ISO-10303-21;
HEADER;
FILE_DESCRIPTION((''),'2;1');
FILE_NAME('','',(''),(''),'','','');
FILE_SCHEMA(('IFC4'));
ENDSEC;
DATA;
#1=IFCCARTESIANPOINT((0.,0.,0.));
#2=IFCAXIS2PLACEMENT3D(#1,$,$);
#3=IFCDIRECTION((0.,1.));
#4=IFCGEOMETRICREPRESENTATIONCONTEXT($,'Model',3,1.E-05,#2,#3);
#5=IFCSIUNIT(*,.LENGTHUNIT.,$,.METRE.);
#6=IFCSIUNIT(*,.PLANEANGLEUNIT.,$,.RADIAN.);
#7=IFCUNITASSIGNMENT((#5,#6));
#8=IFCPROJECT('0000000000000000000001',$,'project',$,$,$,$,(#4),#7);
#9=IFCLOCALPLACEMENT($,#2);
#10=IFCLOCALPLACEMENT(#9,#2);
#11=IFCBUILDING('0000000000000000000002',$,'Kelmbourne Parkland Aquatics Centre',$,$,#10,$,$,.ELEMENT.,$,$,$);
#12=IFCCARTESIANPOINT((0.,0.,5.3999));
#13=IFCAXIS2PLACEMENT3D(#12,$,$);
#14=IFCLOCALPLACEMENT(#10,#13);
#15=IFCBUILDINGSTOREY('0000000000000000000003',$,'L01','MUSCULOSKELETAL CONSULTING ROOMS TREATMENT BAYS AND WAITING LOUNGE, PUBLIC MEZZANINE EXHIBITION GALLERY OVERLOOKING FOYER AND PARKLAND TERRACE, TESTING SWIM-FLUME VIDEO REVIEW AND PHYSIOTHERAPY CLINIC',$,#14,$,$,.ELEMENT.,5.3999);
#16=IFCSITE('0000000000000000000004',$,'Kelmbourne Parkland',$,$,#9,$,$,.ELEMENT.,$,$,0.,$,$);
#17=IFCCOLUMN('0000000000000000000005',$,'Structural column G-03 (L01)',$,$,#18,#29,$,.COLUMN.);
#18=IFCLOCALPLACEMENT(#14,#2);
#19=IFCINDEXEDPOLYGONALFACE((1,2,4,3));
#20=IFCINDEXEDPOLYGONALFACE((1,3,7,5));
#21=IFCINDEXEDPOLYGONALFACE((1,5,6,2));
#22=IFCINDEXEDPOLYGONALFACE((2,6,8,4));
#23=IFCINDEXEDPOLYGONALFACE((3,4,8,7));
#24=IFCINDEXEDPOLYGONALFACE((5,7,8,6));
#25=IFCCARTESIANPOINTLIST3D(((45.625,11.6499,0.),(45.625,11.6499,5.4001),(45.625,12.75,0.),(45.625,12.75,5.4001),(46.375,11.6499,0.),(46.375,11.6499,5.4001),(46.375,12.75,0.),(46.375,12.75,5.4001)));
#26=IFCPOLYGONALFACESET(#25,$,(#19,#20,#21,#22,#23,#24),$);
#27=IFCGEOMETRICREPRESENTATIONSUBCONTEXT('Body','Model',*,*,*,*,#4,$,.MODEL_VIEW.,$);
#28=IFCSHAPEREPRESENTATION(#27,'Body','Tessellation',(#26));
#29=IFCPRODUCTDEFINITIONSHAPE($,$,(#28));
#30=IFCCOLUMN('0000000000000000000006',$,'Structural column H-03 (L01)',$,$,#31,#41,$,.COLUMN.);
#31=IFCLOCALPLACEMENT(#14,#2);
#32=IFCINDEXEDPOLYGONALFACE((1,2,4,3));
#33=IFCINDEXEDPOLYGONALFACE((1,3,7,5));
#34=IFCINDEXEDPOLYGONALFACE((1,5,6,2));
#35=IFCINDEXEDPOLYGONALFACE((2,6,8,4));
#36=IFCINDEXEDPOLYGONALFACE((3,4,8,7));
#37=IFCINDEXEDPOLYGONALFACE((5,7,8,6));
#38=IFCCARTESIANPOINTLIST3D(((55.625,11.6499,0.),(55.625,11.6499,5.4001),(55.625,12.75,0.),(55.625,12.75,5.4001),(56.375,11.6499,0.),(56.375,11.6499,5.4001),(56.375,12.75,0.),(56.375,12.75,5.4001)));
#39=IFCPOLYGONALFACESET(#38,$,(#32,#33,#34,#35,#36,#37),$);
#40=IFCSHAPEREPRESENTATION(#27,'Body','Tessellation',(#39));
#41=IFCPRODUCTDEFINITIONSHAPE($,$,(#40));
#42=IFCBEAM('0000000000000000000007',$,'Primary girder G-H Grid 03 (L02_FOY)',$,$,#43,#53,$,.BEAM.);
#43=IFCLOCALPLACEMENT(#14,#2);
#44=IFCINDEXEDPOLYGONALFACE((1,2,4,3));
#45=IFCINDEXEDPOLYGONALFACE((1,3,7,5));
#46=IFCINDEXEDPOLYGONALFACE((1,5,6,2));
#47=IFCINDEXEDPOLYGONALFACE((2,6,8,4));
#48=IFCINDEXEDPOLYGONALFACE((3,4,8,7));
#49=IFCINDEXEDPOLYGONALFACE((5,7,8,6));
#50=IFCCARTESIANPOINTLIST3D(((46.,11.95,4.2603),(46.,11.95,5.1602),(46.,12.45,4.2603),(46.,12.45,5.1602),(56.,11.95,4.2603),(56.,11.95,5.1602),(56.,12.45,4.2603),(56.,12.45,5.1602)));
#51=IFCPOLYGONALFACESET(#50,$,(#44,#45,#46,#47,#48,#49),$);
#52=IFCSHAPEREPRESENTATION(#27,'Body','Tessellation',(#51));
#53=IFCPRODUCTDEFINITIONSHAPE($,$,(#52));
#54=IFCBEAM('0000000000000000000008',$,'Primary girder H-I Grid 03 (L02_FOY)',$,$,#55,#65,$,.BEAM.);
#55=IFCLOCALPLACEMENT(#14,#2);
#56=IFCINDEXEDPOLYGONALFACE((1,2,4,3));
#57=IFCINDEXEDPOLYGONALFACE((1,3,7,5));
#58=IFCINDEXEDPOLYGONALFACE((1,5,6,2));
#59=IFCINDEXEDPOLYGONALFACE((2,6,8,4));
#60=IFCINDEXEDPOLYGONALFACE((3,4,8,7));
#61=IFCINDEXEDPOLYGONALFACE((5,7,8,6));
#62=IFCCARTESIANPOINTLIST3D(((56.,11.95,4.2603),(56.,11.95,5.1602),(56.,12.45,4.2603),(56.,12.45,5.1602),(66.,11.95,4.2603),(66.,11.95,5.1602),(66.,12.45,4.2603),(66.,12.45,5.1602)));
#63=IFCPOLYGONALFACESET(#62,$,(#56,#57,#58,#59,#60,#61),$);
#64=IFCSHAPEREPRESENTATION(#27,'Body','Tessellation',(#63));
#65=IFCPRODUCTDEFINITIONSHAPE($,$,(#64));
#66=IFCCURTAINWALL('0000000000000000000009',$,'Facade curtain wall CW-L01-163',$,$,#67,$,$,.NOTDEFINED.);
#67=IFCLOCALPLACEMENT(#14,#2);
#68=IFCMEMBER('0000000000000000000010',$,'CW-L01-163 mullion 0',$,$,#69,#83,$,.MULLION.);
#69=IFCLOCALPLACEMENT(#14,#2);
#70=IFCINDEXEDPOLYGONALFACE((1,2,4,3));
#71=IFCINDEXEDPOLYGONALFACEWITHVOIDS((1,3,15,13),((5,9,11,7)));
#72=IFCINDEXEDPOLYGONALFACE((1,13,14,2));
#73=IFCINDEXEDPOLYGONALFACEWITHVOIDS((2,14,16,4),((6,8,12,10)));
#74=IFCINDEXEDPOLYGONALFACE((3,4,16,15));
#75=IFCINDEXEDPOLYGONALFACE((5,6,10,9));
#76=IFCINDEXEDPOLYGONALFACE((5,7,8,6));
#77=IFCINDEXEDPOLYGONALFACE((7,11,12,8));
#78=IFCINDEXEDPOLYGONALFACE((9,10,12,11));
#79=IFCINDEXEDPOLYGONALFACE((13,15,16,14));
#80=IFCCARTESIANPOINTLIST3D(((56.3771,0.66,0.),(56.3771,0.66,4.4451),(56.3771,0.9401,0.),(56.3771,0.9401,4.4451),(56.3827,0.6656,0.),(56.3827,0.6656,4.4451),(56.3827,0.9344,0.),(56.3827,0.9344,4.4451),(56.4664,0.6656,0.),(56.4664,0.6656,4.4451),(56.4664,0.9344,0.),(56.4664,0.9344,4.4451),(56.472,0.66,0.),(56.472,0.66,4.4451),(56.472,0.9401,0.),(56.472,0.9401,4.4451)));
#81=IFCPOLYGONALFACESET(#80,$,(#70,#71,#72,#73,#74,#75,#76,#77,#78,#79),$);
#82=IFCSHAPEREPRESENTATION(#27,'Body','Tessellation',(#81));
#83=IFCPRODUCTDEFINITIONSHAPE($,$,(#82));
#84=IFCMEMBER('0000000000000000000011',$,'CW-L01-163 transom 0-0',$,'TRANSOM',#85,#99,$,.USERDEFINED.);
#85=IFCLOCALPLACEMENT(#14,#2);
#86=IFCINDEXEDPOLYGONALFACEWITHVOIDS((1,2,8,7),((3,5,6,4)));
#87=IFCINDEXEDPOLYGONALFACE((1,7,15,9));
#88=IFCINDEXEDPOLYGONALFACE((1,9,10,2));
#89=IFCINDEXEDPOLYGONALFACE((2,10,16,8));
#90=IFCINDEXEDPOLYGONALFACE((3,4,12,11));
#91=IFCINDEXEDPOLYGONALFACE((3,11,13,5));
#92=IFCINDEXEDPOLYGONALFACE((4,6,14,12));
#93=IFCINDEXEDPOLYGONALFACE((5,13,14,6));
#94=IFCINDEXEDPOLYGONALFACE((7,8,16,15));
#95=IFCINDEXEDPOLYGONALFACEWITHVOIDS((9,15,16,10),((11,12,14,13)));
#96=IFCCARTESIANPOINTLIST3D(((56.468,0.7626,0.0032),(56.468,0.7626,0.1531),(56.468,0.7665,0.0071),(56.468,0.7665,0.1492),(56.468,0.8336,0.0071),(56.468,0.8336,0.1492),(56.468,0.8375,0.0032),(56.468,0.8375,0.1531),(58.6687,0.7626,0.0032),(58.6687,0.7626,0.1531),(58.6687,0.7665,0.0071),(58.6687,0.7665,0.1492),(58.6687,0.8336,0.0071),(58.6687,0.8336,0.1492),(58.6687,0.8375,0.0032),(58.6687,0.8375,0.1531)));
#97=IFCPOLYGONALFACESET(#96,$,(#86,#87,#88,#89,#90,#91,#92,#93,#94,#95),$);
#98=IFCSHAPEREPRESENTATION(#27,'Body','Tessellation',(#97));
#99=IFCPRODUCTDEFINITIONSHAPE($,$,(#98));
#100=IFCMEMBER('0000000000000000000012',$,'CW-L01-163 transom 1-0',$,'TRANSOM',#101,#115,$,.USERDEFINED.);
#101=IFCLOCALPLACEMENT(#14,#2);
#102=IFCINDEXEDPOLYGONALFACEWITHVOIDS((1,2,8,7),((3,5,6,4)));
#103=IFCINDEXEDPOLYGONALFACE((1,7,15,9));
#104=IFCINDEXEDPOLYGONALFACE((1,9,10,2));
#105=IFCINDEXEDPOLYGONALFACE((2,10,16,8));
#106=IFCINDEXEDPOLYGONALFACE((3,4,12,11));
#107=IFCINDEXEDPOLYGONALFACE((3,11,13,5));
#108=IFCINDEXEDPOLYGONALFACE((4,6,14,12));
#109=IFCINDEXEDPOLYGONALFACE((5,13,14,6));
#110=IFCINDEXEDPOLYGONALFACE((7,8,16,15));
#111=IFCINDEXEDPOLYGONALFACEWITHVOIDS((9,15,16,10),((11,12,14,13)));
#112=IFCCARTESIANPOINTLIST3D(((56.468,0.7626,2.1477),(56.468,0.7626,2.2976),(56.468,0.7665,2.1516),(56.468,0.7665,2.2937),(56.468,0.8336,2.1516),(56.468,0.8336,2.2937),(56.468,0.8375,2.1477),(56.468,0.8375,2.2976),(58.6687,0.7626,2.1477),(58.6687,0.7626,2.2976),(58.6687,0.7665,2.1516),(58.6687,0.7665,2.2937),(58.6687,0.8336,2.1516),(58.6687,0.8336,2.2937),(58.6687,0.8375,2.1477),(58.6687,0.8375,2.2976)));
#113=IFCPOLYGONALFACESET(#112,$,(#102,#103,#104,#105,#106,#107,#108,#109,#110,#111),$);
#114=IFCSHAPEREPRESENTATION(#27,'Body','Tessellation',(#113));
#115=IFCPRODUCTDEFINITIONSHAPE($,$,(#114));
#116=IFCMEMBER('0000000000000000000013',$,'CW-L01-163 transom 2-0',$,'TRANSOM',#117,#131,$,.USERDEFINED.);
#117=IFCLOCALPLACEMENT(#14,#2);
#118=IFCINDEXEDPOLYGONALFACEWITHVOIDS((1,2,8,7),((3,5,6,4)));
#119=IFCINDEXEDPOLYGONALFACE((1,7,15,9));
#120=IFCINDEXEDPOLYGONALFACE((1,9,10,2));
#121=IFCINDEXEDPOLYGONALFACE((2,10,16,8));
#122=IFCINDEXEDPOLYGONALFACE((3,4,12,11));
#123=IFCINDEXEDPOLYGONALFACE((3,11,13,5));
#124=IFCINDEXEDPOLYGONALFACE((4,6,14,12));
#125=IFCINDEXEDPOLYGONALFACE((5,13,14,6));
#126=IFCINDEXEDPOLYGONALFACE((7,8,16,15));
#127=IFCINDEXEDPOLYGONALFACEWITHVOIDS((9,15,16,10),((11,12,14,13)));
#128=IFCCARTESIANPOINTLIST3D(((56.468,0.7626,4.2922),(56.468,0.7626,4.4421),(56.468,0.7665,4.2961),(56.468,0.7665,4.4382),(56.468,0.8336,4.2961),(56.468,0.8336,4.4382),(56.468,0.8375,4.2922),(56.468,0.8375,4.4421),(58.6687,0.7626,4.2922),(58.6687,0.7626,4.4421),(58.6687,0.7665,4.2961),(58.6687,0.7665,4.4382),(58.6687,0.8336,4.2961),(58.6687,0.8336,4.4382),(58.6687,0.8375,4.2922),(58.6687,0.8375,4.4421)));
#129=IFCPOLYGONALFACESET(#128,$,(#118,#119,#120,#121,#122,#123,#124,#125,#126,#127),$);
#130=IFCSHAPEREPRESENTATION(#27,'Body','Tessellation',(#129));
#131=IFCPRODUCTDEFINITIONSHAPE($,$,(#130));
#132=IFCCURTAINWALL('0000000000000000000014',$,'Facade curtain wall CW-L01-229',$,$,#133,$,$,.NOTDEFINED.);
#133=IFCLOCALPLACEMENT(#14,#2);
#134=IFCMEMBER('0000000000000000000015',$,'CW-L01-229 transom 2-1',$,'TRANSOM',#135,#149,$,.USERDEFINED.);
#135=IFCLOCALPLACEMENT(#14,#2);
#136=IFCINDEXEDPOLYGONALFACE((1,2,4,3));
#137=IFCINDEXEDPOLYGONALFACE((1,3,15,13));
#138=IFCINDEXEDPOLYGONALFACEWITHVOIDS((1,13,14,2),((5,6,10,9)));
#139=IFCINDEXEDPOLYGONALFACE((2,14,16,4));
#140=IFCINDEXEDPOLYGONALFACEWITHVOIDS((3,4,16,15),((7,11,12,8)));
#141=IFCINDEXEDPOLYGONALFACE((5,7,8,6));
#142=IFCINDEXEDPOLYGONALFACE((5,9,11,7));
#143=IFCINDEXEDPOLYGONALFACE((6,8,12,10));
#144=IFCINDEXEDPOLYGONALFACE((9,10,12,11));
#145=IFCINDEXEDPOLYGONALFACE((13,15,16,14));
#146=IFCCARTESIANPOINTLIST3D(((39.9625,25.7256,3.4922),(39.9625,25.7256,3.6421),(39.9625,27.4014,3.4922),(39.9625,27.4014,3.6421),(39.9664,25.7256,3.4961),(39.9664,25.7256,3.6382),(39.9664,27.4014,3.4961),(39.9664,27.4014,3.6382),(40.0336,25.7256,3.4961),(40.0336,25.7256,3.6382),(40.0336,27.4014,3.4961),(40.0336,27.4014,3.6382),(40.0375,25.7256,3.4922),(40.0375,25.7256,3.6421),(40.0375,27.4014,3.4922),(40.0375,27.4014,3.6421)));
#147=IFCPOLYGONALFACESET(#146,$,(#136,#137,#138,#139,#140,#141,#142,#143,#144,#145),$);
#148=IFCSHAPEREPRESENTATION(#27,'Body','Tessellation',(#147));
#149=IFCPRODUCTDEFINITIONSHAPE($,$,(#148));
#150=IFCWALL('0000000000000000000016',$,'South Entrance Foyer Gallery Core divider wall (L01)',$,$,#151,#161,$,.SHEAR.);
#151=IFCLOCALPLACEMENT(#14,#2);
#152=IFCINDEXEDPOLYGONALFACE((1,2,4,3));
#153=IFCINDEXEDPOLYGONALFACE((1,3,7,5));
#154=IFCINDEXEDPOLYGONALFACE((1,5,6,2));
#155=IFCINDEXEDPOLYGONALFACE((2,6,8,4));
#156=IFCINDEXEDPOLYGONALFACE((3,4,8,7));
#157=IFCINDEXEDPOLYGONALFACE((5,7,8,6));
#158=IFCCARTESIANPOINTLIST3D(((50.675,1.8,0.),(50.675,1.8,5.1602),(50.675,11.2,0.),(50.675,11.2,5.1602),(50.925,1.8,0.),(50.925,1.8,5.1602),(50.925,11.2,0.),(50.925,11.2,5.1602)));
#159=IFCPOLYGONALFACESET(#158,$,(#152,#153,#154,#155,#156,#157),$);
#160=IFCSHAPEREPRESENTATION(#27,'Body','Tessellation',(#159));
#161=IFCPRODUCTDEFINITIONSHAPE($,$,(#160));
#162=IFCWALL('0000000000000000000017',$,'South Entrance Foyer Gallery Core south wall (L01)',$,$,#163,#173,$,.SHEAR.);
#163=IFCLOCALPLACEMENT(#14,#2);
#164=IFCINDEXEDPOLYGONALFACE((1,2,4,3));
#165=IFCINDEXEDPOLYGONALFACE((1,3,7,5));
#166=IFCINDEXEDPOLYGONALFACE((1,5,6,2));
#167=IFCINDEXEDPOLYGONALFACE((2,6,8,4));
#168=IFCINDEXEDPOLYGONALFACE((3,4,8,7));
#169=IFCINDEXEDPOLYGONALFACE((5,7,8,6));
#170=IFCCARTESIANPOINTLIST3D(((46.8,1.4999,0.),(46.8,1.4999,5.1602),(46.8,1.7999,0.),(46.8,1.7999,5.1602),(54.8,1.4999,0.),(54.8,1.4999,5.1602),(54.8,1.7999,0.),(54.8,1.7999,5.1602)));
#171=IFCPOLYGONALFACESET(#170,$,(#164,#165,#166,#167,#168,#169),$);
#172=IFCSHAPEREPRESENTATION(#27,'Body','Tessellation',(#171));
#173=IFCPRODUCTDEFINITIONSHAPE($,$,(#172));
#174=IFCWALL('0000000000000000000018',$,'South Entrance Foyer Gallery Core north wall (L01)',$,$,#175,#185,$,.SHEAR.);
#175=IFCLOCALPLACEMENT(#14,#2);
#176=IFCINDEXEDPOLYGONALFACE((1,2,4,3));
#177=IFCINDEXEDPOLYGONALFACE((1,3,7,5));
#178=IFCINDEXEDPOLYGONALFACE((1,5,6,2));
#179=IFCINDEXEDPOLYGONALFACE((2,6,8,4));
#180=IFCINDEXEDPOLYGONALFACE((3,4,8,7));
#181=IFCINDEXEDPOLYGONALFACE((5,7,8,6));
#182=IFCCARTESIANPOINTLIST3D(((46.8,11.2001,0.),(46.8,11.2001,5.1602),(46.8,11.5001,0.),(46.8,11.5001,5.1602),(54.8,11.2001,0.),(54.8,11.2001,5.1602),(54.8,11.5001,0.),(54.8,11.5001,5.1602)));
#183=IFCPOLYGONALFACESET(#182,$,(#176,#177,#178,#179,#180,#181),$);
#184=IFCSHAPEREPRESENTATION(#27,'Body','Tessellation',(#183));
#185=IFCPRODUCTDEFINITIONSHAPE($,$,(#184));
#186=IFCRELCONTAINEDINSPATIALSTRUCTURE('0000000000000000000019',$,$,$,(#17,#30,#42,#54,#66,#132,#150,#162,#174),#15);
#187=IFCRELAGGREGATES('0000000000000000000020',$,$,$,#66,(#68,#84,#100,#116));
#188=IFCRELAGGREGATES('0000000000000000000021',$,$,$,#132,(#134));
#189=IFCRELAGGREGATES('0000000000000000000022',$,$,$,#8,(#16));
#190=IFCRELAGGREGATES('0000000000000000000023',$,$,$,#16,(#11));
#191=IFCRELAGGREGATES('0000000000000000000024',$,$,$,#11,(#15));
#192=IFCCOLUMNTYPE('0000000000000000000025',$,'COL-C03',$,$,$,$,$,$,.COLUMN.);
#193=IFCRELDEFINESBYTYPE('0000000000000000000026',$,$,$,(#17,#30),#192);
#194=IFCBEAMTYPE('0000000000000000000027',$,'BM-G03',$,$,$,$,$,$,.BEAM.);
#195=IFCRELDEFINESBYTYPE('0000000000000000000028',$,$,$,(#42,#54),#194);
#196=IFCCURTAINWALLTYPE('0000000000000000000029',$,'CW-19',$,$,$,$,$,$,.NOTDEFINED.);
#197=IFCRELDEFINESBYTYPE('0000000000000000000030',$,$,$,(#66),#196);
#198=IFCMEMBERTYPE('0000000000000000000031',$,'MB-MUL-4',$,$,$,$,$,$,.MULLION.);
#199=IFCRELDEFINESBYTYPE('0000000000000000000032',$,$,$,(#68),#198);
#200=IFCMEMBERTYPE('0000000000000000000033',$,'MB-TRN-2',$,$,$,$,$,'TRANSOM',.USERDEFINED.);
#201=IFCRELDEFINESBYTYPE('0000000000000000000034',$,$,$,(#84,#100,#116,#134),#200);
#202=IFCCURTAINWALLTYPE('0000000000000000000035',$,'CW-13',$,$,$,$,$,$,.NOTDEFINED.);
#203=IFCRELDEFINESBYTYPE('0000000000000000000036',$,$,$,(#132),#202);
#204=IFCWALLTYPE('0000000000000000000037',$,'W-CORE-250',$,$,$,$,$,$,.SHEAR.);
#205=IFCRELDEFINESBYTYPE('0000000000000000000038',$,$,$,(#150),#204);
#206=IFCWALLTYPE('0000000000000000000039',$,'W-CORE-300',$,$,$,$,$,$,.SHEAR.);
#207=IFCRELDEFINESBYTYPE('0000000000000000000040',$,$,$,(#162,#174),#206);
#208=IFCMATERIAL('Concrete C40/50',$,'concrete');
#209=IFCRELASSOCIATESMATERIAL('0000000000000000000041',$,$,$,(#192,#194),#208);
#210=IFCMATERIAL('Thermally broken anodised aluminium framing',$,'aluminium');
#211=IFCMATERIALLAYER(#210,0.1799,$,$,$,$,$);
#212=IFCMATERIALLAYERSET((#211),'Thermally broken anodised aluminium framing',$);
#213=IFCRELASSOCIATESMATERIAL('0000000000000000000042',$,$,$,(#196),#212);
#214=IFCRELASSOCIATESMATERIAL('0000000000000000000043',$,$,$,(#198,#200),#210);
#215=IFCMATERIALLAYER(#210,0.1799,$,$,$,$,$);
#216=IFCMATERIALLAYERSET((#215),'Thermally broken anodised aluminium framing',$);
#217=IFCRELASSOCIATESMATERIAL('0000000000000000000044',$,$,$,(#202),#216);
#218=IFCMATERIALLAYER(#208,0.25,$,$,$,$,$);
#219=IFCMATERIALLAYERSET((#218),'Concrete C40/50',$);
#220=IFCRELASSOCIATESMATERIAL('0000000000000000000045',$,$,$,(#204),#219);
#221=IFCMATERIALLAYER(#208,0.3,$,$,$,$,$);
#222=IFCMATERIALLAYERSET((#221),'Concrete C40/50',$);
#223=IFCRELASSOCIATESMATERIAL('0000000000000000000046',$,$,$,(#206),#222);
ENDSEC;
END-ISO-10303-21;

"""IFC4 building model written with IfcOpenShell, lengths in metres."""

from ifc_helpers import new_model, si_unit, direction, frame, frame_2d, origin, origin_2d, place, context, subcontext, project, spatial, rectangle, hollow_rectangle, extrude, material, layer, layer_set, material_profile, profile_set, type_object, element, aggregate, save


model = new_model("IFC4")

# Units and contexts
model_context = context("Model", 3, precision=1e-05, world=origin(), true_north=direction((0.0, 1.0)))
body_context = subcontext(model_context, "Body", "Model", "MODEL_VIEW")
ifc_project = project(units=[si_unit("LENGTHUNIT", "METRE"), si_unit("PLANEANGLEUNIT", "RADIAN")], contexts=[model_context])

# Site, building, storey
site_placement = place(None, origin())
site = spatial("IfcSite", under=ifc_project, at=site_placement, Name="Kelmbourne Parkland", CompositionType="ELEMENT", RefElevation=0.0)
building_placement = place(site_placement, origin())
building = spatial("IfcBuilding", under=site, at=building_placement, Name="Kelmbourne Parkland Aquatics Centre", CompositionType="ELEMENT")
storey_placement = place(building_placement, frame((0.0, 0.0, 5.3999)))
storey = spatial("IfcBuildingStorey", under=building, at=storey_placement, Name="L01", Description="MUSCULOSKELETAL CONSULTING ROOMS TREATMENT BAYS AND WAITING LOUNGE, PUBLIC MEZZANINE EXHIBITION GALLERY OVERLOOKING FOYER AND PARKLAND TERRACE, TESTING SWIM-FLUME VIDEO REVIEW AND PHYSIOTHERAPY CLINIC", CompositionType="ELEMENT", Elevation=5.3999)

# Columns
ifc_material_1 = material(Name="Concrete C40/50", Category="concrete")
ifc_material_profile_1 = material_profile(ifc_material_1, rectangle(XDim=0.75, YDim=1.1001, at=origin_2d()), Name="RC 750x1100")
ifc_profile_set_1 = profile_set([ifc_material_profile_1], Name="Concrete C40/50")
column_type = type_object("IfcColumnType", Name="COL-C03", PredefinedType="COLUMN", material=ifc_profile_set_1)
for number, where, z_axis, x_axis, name in (
    (1, (46.0, 12.2, 0.0), (0.0, 0.0, 1.0), (1.0, 0.0, 0.0), "Structural column G-03 (L01)"),
    (2, (56.0, 12.2, 0.0), (0.0, 0.0, 1.0), (1.0, 0.0, 0.0), "Structural column H-03 (L01)"),
):
    element("IfcColumn", number, at=place(storey_placement, frame(where, z_axis=z_axis, x_axis=x_axis)), inside=storey, type_object=column_type, Name=name, PredefinedType="COLUMN", context=body_context, shape_type="SweptSolid", body=[
        extrude(rectangle(XDim=0.75, YDim=1.1001, at=origin_2d()), origin(), (0.0, 0.0, 1.0), 5.4001),
    ])

# Beams
ifc_material_profile_2 = material_profile(ifc_material_1, rectangle(XDim=0.5, YDim=0.8999, at=origin_2d()), Name="RC 500x900")
ifc_profile_set_2 = profile_set([ifc_material_profile_2], Name="Concrete C40/50")
beam_type = type_object("IfcBeamType", Name="BM-G03", PredefinedType="BEAM", material=ifc_profile_set_2)
for number, where, z_axis, x_axis, name in (
    (3, (46.0, 12.2, 4.7102), (1.0, 0.0, 0.0), (0.0, 1.0, 0.0), "Primary girder G-H Grid 03 (L02_FOY)"),
    (4, (56.0, 12.2, 4.7102), (1.0, 0.0, 0.0), (0.0, 1.0, 0.0), "Primary girder H-I Grid 03 (L02_FOY)"),
):
    element("IfcBeam", number, at=place(storey_placement, frame(where, z_axis=z_axis, x_axis=x_axis)), inside=storey, type_object=beam_type, Name=name, PredefinedType="BEAM", context=body_context, shape_type="SweptSolid", body=[
        extrude(rectangle(XDim=0.5, YDim=0.8999, at=origin_2d()), origin(), (0.0, 0.0, 1.0), 10.0),
    ])

# Curtain wall, members
ifc_material_2 = material(Name="Thermally broken anodised aluminium framing", Category="aluminium")
ifc_layer_1 = layer(ifc_material_2, 0.1799)
ifc_layer_set_1 = layer_set([ifc_layer_1], Name="Thermally broken anodised aluminium framing")
curtain_wall_type_1 = type_object("IfcCurtainWallType", Name="CW-19", PredefinedType="NOTDEFINED", material=ifc_layer_set_1)
curtain_wall_1_placement = place(storey_placement, origin())
curtain_wall_1 = element("IfcCurtainWall", 5, at=curtain_wall_1_placement, inside=storey, type_object=curtain_wall_type_1, Name="Facade curtain wall CW-L01-163", PredefinedType="NOTDEFINED")
ifc_material_profile_3 = material_profile(ifc_material_2, hollow_rectangle(XDim=0.095, YDim=0.28, WallThickness=0.0056, at=origin_2d()), Name="CW-M 95x280")
ifc_profile_set_3 = profile_set([ifc_material_profile_3], Name="Thermally broken anodised aluminium framing")
member_type_1 = type_object("IfcMemberType", Name="MB-MUL-4", PredefinedType="MULLION", material=ifc_profile_set_3)
member_1_placement = place(storey_placement, frame((56.4246, 0.8, 0.0), z_axis=(0.0, 0.0, 1.0), x_axis=(1.0, 0.0, 0.0)))
member_1 = element("IfcMember", 6, at=member_1_placement, type_object=member_type_1, Name="CW-L01-163 mullion 0", PredefinedType="MULLION", context=body_context, shape_type="SweptSolid", body=[
    extrude(hollow_rectangle(XDim=0.095, YDim=0.28, WallThickness=0.0056, at=origin_2d()), origin(), (0.0, 0.0, 1.0), 4.4451),
])
ifc_material_profile_4 = material_profile(ifc_material_2, hollow_rectangle(XDim=0.075, YDim=0.1499, WallThickness=0.0039, at=origin_2d()), Name="CW-T 75x150")
ifc_profile_set_4 = profile_set([ifc_material_profile_4], Name="Thermally broken anodised aluminium framing")
member_type_2 = type_object("IfcMemberType", Name="MB-TRN-2", ElementType="TRANSOM", PredefinedType="USERDEFINED", material=ifc_profile_set_4)
member_2_placement = place(storey_placement, frame((56.468, 0.8, 0.0781), z_axis=(1.0, 0.0, 0.0), x_axis=(0.0, 1.0, 0.0)))
member_2 = element("IfcMember", 7, at=member_2_placement, type_object=member_type_2, Name="CW-L01-163 transom 0-0", ObjectType="TRANSOM", PredefinedType="USERDEFINED", context=body_context, shape_type="SweptSolid", body=[
    extrude(hollow_rectangle(XDim=0.075, YDim=0.1499, WallThickness=0.0039, at=origin_2d()), origin(), (0.0, 0.0, 1.0), 2.2007),
])
member_3_placement = place(storey_placement, frame((56.468, 0.8, 2.2227), z_axis=(1.0, 0.0, 0.0), x_axis=(0.0, 1.0, 0.0)))
member_3 = element("IfcMember", 8, at=member_3_placement, type_object=member_type_2, Name="CW-L01-163 transom 1-0", ObjectType="TRANSOM", PredefinedType="USERDEFINED", context=body_context, shape_type="SweptSolid", body=[
    extrude(hollow_rectangle(XDim=0.075, YDim=0.1499, WallThickness=0.0039, at=origin_2d()), origin(), (0.0, 0.0, 1.0), 2.2007),
])
member_4_placement = place(storey_placement, frame((56.468, 0.8, 4.3672), z_axis=(1.0, 0.0, 0.0), x_axis=(0.0, 1.0, 0.0)))
member_4 = element("IfcMember", 9, at=member_4_placement, type_object=member_type_2, Name="CW-L01-163 transom 2-0", ObjectType="TRANSOM", PredefinedType="USERDEFINED", context=body_context, shape_type="SweptSolid", body=[
    extrude(hollow_rectangle(XDim=0.075, YDim=0.1499, WallThickness=0.0039, at=origin_2d()), origin(), (0.0, 0.0, 1.0), 2.2007),
])
aggregate(curtain_wall_1, [member_1, member_2, member_3, member_4])

# Curtain wall, member
ifc_layer_2 = layer(ifc_material_2, 0.1799)
ifc_layer_set_2 = layer_set([ifc_layer_2], Name="Thermally broken anodised aluminium framing")
curtain_wall_type_2 = type_object("IfcCurtainWallType", Name="CW-13", PredefinedType="NOTDEFINED", material=ifc_layer_set_2)
curtain_wall_2_placement = place(storey_placement, origin())
curtain_wall_2 = element("IfcCurtainWall", 10, at=curtain_wall_2_placement, inside=storey, type_object=curtain_wall_type_2, Name="Facade curtain wall CW-L01-229", PredefinedType="NOTDEFINED")
member_5_placement = place(storey_placement, frame((40.0, 25.7256, 3.5671), z_axis=(0.0, 1.0, 0.0), x_axis=(-1.0, 0.0, 0.0)))
member_5 = element("IfcMember", 11, at=member_5_placement, type_object=member_type_2, Name="CW-L01-229 transom 2-1", ObjectType="TRANSOM", PredefinedType="USERDEFINED", context=body_context, shape_type="SweptSolid", body=[
    extrude(hollow_rectangle(XDim=0.075, YDim=0.1499, WallThickness=0.0039, at=origin_2d()), origin(), (0.0, 0.0, 1.0), 1.6758),
])
aggregate(curtain_wall_2, [member_5])

# Walls
ifc_layer_3 = layer(ifc_material_1, 0.25)
ifc_layer_set_3 = layer_set([ifc_layer_3], Name="Concrete C40/50")
wall_type_1 = type_object("IfcWallType", Name="W-CORE-250", PredefinedType="SHEAR", material=ifc_layer_set_3)
wall_1_placement = place(storey_placement, frame((50.8, 1.8, 0.0), z_axis=(0.0, 0.0, 1.0), x_axis=(0.0, 1.0, 0.0)))
element("IfcWall", 12, at=wall_1_placement, inside=storey, type_object=wall_type_1, Name="South Entrance Foyer Gallery Core divider wall (L01)", PredefinedType="SHEAR", context=body_context, shape_type="SweptSolid", body=[
    extrude(rectangle(XDim=9.3999, YDim=0.25, at=frame_2d((4.7, 0.0))), origin(), (0.0, 0.0, 1.0), 5.1602),
])
ifc_layer_4 = layer(ifc_material_1, 0.3)
ifc_layer_set_4 = layer_set([ifc_layer_4], Name="Concrete C40/50")
wall_type_2 = type_object("IfcWallType", Name="W-CORE-300", PredefinedType="SHEAR", material=ifc_layer_set_4)
for number, where, z_axis, x_axis, name in (
    (13, (46.8, 1.6499, 0.0), (0.0, 0.0, 1.0), (1.0, 0.0, 0.0), "South Entrance Foyer Gallery Core south wall (L01)"),
    (14, (46.8, 11.3501, 0.0), (0.0, 0.0, 1.0), (1.0, 0.0, 0.0), "South Entrance Foyer Gallery Core north wall (L01)"),
):
    element("IfcWall", number, at=place(storey_placement, frame(where, z_axis=z_axis, x_axis=x_axis)), inside=storey, type_object=wall_type_2, Name=name, PredefinedType="SHEAR", context=body_context, shape_type="SweptSolid", body=[
        extrude(rectangle(XDim=8.0, YDim=0.3, at=frame_2d((4.0, 0.0))), origin(), (0.0, 0.0, 1.0), 5.1602),
    ])

save(model, "model.ifc")
